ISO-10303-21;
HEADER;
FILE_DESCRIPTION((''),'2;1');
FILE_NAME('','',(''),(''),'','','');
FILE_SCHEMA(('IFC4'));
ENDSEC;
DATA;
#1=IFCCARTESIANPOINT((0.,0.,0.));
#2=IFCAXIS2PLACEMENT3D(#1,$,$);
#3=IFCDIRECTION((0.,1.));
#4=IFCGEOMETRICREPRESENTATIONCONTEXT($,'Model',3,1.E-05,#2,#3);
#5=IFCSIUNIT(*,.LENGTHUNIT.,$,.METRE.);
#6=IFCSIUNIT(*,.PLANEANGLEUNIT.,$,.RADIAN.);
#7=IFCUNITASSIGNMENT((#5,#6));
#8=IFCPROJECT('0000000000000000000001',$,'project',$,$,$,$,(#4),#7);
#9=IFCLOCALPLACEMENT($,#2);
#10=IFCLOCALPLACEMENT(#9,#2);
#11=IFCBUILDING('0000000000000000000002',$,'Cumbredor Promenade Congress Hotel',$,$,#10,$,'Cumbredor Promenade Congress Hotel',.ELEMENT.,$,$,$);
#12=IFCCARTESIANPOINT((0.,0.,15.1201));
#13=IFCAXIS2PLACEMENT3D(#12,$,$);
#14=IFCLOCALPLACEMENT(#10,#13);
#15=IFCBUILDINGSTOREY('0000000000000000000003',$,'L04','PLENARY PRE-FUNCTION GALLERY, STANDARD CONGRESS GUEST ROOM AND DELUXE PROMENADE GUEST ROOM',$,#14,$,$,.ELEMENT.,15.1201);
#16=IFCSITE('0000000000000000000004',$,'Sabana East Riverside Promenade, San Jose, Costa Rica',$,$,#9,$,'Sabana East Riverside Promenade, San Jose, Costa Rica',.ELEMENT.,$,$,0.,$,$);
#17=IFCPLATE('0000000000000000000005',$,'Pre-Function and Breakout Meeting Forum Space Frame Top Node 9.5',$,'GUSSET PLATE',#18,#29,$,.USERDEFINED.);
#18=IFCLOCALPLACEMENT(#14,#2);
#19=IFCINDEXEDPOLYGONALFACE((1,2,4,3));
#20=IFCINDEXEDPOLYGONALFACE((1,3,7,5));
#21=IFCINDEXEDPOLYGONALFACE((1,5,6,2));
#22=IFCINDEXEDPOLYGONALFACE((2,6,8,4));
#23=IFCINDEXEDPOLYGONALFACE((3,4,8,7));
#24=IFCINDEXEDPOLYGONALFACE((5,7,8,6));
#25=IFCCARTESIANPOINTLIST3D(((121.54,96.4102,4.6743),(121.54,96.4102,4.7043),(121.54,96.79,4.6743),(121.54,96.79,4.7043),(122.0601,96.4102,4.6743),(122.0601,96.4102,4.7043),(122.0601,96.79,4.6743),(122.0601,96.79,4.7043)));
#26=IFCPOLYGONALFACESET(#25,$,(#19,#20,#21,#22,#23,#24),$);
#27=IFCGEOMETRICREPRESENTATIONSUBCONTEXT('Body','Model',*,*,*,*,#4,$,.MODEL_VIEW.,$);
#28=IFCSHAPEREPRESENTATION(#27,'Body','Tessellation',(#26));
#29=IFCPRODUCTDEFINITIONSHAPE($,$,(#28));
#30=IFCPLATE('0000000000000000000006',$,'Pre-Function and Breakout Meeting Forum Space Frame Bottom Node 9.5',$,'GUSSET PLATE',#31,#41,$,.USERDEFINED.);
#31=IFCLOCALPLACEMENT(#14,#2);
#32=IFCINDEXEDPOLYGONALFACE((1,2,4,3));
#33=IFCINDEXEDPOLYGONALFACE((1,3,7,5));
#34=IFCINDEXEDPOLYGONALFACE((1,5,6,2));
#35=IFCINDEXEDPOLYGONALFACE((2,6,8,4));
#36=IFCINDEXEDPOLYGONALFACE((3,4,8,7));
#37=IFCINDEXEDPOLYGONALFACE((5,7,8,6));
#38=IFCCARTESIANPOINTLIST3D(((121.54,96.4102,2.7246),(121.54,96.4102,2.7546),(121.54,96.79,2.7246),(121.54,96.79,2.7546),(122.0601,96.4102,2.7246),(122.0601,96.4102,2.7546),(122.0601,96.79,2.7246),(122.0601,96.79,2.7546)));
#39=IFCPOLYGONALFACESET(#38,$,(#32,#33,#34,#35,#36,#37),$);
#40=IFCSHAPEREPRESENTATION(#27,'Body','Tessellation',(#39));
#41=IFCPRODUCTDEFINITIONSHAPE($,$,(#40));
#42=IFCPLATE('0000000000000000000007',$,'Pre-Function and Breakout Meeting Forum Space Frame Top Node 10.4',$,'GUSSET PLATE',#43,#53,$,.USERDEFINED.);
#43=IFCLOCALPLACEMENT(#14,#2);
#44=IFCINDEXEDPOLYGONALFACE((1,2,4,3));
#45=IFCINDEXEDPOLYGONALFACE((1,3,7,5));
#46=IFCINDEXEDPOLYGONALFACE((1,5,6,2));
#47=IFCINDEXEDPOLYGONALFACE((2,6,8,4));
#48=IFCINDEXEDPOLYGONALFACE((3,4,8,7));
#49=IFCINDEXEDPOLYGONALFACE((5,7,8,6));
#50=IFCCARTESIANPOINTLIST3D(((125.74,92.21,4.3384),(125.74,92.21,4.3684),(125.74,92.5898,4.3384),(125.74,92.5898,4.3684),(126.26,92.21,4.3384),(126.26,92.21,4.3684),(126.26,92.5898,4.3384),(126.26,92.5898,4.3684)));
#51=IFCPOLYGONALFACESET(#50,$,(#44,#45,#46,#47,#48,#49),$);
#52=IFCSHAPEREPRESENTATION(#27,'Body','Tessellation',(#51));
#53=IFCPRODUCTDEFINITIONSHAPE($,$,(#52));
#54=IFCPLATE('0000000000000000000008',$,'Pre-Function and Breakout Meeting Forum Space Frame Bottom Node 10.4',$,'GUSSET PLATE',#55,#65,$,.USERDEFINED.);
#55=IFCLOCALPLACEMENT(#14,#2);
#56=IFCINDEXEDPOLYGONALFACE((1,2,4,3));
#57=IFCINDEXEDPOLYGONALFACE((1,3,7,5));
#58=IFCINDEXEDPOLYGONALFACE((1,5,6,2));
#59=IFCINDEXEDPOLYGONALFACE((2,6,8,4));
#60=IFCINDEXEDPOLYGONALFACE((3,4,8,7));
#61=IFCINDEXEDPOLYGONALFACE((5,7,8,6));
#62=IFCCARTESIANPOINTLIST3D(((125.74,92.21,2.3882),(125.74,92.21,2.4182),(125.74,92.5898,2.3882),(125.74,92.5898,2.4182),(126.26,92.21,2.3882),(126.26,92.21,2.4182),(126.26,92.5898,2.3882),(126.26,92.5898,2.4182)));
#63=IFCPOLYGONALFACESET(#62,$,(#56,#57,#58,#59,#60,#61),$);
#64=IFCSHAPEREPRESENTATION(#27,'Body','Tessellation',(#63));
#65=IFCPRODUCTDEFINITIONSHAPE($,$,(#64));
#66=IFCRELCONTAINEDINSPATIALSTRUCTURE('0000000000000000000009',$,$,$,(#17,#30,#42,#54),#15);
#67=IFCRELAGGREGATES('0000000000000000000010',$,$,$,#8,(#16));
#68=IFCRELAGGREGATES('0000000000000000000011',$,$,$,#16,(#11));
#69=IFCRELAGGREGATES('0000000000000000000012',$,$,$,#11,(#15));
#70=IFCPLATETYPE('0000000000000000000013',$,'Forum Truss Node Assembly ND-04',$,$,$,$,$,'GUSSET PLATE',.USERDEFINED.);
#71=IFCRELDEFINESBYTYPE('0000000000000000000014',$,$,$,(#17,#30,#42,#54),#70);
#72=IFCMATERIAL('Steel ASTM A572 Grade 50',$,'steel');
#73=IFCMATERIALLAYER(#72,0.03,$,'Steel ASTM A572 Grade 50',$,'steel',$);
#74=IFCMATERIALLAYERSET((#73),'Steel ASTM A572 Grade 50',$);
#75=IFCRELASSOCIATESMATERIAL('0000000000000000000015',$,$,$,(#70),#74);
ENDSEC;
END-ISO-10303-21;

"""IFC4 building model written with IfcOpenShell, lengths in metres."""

from ifc_helpers import new_model, si_unit, direction, frame, origin, origin_2d, place, context, subcontext, project, spatial, rectangle, extrude, material, layer, layer_set, type_object, element, save


model = new_model("IFC4")

# Units and contexts
model_context = context("Model", 3, precision=1e-05, world=origin(), true_north=direction((0.0, 1.0)))
body_context = subcontext(model_context, "Body", "Model", "MODEL_VIEW")
ifc_project = project(units=[si_unit("LENGTHUNIT", "METRE"), si_unit("PLANEANGLEUNIT", "RADIAN")], contexts=[model_context])

# Site, building, storey
site_placement = place(None, origin())
site = spatial("IfcSite", under=ifc_project, at=site_placement, Name="Sabana East Riverside Promenade, San Jose, Costa Rica", LongName="Sabana East Riverside Promenade, San Jose, Costa Rica", CompositionType="ELEMENT", RefElevation=0.0)
building_placement = place(site_placement, origin())
building = spatial("IfcBuilding", under=site, at=building_placement, Name="Cumbredor Promenade Congress Hotel", LongName="Cumbredor Promenade Congress Hotel", CompositionType="ELEMENT")
storey_placement = place(building_placement, frame((0.0, 0.0, 15.1201)))
storey = spatial("IfcBuildingStorey", under=building, at=storey_placement, Name="L04", Description="PLENARY PRE-FUNCTION GALLERY, STANDARD CONGRESS GUEST ROOM AND DELUXE PROMENADE GUEST ROOM", CompositionType="ELEMENT", Elevation=15.1201)

# Plates
ifc_material_1 = material(Name="Steel ASTM A572 Grade 50", Category="steel")
ifc_layer = layer(ifc_material_1, 0.03, Name="Steel ASTM A572 Grade 50", Category="steel")
ifc_layer_set = layer_set([ifc_layer], Name="Steel ASTM A572 Grade 50")
plate_type = type_object("IfcPlateType", Name="Forum Truss Node Assembly ND-04", ElementType="GUSSET PLATE", PredefinedType="USERDEFINED", material=ifc_layer_set)
for number, where, z_axis, x_axis, name in (
    (1, (121.8, 96.6001, 4.6743), (0.0, 0.0, 1.0), (1.0, 0.0, 0.0), "Pre-Function and Breakout Meeting Forum Space Frame Top Node 9.5"),
    (2, (121.8, 96.6001, 2.7246), (0.0, 0.0, 1.0), (1.0, 0.0, 0.0), "Pre-Function and Breakout Meeting Forum Space Frame Bottom Node 9.5"),
    (3, (126.0, 92.3999, 4.3384), (0.0, 0.0, 1.0), (1.0, 0.0, 0.0), "Pre-Function and Breakout Meeting Forum Space Frame Top Node 10.4"),
    (4, (126.0, 92.3999, 2.3882), (0.0, 0.0, 1.0), (1.0, 0.0, 0.0), "Pre-Function and Breakout Meeting Forum Space Frame Bottom Node 10.4"),
):
    element("IfcPlate", number, at=place(storey_placement, frame(where, z_axis=z_axis, x_axis=x_axis)), inside=storey, type_object=plate_type, Name=name, ObjectType="GUSSET PLATE", PredefinedType="USERDEFINED", context=body_context, shape_type="SweptSolid", body=[
        extrude(rectangle(XDim=0.52, YDim=0.3799, at=origin_2d()), origin(), (0.0, 0.0, 1.0), 0.03),
    ])

save(model, "model.ifc")
